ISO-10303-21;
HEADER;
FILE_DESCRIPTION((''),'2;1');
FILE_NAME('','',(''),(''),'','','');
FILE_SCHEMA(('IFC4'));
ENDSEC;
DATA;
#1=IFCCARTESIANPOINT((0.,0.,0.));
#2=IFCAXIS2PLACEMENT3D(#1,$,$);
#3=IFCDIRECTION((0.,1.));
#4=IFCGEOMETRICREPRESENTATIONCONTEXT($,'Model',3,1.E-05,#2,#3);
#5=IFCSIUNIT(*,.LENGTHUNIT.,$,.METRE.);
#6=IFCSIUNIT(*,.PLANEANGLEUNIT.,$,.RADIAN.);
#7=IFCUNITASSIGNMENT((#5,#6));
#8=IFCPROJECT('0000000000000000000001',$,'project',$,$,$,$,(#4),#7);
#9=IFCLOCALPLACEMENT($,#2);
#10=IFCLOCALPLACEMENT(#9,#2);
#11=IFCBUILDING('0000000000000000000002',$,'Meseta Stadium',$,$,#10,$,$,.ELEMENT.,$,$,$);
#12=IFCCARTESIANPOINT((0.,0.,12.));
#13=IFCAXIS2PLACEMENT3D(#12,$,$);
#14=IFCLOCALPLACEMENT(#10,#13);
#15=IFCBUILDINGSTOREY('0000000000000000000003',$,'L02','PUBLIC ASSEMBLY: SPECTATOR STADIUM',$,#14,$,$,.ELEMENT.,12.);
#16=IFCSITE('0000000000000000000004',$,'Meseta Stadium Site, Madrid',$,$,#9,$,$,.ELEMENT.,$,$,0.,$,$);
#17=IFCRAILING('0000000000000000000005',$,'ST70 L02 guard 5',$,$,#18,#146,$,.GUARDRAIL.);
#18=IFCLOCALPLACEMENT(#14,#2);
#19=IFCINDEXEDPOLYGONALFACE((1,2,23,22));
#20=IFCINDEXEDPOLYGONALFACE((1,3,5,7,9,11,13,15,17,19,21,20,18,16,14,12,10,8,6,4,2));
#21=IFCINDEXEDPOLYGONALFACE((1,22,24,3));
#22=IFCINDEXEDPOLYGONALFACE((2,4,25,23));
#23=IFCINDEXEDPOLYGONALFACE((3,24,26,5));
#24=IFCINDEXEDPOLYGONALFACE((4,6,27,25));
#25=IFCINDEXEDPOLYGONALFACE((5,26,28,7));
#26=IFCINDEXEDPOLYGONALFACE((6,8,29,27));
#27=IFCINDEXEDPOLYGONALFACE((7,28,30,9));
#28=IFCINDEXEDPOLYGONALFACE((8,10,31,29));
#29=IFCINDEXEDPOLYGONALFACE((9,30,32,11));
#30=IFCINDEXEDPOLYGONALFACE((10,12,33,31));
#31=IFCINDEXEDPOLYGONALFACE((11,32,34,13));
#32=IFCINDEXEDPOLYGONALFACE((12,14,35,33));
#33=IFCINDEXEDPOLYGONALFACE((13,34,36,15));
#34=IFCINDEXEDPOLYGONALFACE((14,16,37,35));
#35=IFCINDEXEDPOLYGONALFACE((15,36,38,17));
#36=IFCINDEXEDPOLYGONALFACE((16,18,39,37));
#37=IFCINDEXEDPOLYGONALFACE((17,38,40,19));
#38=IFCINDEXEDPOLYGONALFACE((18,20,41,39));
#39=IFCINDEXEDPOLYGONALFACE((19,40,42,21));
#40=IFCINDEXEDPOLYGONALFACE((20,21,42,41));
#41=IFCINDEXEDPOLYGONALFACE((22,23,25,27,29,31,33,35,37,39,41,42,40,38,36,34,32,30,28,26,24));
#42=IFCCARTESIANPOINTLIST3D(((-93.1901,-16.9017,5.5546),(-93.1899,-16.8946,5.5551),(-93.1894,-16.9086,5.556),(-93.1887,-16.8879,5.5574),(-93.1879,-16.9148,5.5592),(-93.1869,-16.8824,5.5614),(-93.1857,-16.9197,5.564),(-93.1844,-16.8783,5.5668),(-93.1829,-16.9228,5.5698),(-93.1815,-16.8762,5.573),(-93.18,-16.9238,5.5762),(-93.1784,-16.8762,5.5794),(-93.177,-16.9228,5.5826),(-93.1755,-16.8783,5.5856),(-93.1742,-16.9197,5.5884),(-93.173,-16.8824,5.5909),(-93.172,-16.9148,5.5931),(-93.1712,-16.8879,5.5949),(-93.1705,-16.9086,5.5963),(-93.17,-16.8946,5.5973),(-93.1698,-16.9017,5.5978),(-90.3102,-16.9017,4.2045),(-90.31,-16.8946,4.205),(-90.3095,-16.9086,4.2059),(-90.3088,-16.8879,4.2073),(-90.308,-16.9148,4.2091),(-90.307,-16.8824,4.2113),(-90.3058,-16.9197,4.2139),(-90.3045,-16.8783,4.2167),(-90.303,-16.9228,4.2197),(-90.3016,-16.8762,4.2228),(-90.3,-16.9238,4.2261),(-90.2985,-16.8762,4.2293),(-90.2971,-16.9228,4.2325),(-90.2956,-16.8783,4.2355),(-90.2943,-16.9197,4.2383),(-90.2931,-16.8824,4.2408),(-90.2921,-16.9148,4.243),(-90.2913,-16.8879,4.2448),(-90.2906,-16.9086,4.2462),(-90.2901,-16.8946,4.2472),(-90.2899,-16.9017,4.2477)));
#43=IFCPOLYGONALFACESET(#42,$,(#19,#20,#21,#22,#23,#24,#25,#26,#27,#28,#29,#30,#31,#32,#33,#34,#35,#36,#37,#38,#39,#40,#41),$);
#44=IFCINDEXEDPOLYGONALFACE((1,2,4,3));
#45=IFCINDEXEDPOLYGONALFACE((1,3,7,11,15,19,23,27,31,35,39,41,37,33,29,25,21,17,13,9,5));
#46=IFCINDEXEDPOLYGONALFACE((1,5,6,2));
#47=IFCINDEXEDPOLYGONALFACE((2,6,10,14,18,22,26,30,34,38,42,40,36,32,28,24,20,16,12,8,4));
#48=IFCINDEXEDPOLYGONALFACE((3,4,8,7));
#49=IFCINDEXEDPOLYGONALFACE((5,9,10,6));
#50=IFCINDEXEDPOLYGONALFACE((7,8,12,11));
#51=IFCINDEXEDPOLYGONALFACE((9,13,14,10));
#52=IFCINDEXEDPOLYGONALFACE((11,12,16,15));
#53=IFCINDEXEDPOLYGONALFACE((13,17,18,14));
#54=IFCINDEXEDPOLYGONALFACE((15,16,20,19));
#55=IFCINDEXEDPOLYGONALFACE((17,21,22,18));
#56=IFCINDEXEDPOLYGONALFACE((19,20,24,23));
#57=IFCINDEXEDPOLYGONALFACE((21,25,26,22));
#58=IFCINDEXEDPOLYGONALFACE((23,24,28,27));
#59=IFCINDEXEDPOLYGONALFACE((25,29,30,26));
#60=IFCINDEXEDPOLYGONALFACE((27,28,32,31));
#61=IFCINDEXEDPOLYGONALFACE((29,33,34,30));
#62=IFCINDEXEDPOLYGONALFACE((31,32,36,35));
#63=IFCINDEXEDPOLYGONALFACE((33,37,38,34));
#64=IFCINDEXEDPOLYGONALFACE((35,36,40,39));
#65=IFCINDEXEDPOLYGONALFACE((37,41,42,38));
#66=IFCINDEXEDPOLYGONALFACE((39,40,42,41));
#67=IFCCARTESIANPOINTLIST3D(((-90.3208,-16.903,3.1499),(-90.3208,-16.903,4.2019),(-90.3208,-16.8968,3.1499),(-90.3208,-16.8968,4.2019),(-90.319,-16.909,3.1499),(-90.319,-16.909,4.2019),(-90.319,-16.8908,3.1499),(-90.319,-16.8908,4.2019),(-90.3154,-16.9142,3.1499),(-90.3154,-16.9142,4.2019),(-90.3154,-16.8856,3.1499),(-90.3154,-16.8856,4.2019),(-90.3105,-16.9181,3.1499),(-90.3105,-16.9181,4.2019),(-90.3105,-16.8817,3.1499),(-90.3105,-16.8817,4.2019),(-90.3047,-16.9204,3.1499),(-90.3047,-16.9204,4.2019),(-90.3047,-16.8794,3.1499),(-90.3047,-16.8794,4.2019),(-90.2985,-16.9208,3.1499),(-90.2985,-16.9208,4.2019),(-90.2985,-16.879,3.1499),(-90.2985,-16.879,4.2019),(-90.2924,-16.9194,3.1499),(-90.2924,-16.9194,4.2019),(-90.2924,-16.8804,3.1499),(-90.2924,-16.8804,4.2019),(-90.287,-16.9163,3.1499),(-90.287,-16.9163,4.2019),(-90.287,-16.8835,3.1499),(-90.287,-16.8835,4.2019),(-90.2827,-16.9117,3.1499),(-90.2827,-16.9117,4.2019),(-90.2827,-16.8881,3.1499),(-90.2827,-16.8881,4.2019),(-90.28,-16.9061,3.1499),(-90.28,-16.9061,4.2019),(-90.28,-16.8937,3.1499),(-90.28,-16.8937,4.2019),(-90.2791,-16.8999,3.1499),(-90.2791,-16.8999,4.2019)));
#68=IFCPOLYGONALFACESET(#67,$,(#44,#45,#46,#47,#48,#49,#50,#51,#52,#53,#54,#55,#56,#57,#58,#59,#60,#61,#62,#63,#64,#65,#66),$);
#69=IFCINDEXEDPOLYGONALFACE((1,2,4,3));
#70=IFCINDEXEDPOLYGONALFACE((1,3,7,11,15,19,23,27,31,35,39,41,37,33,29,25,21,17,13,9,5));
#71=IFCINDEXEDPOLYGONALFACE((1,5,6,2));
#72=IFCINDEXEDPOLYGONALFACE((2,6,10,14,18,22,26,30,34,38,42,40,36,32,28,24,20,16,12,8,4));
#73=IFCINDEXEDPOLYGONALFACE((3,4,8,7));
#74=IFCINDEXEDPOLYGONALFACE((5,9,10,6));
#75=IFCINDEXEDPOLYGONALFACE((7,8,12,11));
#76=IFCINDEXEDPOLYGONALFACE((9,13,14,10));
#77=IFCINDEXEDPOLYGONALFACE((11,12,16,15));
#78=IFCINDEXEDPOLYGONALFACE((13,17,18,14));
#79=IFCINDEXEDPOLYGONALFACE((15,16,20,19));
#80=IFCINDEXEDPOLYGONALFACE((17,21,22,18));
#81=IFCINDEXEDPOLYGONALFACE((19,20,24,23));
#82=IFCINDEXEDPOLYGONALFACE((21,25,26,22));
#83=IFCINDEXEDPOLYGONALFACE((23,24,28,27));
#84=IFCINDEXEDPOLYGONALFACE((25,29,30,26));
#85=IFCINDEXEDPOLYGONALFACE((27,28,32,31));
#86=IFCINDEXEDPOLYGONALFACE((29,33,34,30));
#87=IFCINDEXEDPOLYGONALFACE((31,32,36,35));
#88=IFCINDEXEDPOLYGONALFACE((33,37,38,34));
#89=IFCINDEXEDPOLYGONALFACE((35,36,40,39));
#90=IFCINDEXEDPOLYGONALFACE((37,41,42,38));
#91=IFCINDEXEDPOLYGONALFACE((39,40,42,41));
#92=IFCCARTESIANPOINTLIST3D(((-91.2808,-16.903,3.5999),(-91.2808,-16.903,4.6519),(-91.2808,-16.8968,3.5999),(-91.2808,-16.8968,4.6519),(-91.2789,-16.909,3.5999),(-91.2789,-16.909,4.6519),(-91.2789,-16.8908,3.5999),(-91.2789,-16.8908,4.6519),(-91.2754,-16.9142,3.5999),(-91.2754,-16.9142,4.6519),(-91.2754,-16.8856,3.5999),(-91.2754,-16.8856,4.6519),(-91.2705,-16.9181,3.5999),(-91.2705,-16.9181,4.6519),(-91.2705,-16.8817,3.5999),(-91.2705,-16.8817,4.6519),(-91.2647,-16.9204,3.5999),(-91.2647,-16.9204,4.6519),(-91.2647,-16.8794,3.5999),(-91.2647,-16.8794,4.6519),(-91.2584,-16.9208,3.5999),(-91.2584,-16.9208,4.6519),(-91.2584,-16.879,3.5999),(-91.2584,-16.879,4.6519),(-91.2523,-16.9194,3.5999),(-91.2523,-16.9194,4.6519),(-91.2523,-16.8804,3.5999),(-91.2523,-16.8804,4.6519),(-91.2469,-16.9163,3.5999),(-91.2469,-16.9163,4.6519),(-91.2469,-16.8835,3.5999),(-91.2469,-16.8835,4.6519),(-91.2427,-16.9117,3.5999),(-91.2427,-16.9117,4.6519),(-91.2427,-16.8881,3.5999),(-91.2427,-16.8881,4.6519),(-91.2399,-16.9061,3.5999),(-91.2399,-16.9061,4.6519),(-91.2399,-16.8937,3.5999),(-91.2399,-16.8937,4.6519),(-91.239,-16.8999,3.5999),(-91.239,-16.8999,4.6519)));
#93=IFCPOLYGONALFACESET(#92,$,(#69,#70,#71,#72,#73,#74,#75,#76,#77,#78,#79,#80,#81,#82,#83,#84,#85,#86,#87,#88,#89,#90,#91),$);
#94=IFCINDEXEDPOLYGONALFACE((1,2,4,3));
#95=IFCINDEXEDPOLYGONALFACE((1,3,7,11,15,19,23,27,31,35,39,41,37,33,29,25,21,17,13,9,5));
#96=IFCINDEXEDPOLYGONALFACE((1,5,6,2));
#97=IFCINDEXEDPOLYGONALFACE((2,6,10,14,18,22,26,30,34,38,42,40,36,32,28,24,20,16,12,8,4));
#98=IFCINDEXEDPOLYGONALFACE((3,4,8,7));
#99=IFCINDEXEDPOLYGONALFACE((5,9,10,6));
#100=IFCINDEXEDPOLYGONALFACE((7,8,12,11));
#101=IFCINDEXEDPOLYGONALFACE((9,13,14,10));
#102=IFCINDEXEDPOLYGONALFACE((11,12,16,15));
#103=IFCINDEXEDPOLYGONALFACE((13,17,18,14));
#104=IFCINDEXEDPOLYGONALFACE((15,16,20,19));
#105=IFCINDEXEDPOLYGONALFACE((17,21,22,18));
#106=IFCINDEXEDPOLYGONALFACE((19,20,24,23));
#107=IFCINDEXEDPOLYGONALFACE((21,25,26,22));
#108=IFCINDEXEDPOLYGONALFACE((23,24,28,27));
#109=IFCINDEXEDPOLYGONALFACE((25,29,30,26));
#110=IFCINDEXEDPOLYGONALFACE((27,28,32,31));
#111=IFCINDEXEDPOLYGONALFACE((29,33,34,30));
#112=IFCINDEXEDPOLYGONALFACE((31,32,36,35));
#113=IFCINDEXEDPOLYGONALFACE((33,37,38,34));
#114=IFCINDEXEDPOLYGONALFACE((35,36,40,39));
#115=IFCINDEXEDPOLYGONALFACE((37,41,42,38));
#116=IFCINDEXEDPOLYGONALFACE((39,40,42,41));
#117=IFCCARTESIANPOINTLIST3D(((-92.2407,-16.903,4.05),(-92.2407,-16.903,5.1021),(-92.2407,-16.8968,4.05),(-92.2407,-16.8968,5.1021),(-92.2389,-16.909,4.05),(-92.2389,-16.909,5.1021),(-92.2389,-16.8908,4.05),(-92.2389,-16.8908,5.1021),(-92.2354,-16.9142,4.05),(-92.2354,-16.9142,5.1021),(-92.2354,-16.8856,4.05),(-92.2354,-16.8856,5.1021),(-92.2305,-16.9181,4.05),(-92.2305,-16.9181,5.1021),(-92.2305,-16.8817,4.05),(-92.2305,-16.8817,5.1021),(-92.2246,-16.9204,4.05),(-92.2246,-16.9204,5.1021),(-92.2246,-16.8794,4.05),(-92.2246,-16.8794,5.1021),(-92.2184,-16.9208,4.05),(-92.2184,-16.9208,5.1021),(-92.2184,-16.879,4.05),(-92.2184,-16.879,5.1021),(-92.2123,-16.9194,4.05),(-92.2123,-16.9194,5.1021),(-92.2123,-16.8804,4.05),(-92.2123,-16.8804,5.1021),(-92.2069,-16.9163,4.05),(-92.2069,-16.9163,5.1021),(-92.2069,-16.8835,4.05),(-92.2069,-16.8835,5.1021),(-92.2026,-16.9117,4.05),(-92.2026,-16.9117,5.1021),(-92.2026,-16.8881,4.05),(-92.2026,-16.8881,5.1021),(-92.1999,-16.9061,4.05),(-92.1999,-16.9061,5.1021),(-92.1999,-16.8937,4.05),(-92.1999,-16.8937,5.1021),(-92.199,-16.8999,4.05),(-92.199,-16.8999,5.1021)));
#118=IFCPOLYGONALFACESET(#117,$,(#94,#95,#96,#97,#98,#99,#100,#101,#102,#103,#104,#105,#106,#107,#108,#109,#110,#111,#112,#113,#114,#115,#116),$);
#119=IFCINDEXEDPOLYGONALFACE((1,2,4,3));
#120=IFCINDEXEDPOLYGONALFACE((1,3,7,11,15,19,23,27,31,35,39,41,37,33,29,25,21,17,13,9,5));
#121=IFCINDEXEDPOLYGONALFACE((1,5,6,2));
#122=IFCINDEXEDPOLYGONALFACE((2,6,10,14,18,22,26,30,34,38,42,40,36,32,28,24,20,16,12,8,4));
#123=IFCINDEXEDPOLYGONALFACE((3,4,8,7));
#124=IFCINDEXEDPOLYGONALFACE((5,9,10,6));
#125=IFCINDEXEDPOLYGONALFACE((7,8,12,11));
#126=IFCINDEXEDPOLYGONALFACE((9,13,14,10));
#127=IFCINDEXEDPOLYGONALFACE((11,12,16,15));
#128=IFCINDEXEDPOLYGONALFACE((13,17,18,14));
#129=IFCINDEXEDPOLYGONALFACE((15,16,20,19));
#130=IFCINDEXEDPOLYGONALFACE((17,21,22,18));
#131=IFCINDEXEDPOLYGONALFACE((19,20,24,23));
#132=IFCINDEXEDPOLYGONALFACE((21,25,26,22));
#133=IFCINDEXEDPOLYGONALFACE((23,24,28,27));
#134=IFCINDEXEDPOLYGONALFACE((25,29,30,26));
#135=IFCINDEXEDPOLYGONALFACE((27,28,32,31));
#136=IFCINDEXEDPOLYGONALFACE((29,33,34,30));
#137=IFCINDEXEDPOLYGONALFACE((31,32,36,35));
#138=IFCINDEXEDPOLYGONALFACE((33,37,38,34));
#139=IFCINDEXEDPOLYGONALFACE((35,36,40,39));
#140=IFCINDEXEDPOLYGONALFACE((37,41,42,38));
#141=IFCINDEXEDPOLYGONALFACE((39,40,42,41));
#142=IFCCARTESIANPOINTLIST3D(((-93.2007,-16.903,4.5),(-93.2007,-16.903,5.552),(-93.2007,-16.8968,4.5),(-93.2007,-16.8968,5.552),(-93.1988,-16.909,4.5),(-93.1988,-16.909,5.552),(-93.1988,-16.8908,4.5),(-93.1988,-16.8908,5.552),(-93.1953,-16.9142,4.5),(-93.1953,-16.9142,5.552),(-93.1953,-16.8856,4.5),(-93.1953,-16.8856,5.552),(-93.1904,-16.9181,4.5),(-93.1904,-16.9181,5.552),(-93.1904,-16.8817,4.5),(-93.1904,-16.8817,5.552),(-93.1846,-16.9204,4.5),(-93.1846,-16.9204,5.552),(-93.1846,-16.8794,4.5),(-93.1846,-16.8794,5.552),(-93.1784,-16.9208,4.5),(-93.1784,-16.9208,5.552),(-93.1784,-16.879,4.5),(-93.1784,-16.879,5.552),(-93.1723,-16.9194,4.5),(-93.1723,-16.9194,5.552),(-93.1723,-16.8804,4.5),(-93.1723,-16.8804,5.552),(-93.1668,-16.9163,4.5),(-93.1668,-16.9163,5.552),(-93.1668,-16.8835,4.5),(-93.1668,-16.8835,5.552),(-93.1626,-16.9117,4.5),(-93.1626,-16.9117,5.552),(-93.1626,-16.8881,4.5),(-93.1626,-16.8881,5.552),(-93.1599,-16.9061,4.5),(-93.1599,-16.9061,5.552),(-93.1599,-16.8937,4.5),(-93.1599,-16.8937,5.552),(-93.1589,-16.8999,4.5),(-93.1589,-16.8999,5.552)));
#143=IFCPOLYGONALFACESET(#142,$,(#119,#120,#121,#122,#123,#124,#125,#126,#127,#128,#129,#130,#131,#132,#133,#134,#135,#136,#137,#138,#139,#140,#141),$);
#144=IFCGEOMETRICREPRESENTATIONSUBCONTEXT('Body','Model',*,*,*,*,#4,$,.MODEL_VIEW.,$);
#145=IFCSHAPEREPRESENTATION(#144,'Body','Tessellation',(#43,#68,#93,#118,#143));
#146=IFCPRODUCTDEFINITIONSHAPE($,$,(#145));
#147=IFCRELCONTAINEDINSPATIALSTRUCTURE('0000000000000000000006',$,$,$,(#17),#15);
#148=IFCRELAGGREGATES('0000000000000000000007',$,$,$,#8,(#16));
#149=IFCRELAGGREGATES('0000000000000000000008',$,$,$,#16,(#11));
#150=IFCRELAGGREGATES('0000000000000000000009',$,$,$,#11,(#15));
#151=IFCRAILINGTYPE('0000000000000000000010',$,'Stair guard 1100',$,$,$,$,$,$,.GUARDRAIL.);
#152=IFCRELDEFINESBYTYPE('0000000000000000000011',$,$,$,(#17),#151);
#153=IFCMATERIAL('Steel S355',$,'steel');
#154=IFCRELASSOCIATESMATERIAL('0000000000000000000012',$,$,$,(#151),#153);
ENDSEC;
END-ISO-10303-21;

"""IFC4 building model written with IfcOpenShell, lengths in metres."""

from ifc_helpers import new_model, si_unit, direction, frame, origin, origin_2d, place, context, subcontext, project, spatial, circle, extrude, material, type_object, element, save


model = new_model("IFC4")

# Units and contexts
model_context = context("Model", 3, precision=1e-05, world=origin(), true_north=direction((0.0, 1.0)))
body_context = subcontext(model_context, "Body", "Model", "MODEL_VIEW")
ifc_project = project(units=[si_unit("LENGTHUNIT", "METRE"), si_unit("PLANEANGLEUNIT", "RADIAN")], contexts=[model_context])

# Site, building, storey
site_placement = place(None, origin())
site = spatial("IfcSite", under=ifc_project, at=site_placement, Name="Meseta Stadium Site, Madrid", CompositionType="ELEMENT", RefElevation=0.0)
building_placement = place(site_placement, origin())
building = spatial("IfcBuilding", under=site, at=building_placement, Name="Meseta Stadium", CompositionType="ELEMENT")
storey_placement = place(building_placement, frame((0.0, 0.0, 12.0)))
storey = spatial("IfcBuildingStorey", under=building, at=storey_placement, Name="L02", Description="PUBLIC ASSEMBLY: SPECTATOR STADIUM", CompositionType="ELEMENT", Elevation=12.0)

# Railing
ifc_material_1 = material(Name="Steel S355", Category="steel")
railing_type_1 = type_object("IfcRailingType", Name="Stair guard 1100", PredefinedType="GUARDRAIL", material=ifc_material_1)
railing_1_placement = place(storey_placement, frame((-90.3, -16.8999, 3.1499)))
element("IfcRailing", 1, at=railing_1_placement, inside=storey, type_object=railing_type_1, Name="ST70 L02 guard 5", PredefinedType="GUARDRAIL", context=body_context, shape_type="SweptSolid", body=[
    extrude(circle(Radius=0.0239, at=origin_2d()), frame((0.0, 0.0, 1.0762), z_axis=(-0.90544, 0.0, 0.424473), x_axis=(0.0, -1.0, 0.0)), (0.0, 0.0, 1.0), 3.1807),
    extrude(circle(Radius=0.021, at=origin_2d()), origin(), (0.0, 0.0, 1.0), 1.052),
    extrude(circle(Radius=0.021, at=origin_2d()), frame((-0.96, 0.0, 0.45)), (0.0, 0.0, 1.0), 1.052),
    extrude(circle(Radius=0.021, at=origin_2d()), frame((-1.9199, 0.0, 0.9001)), (0.0, 0.0, 1.0), 1.052),
    extrude(circle(Radius=0.021, at=origin_2d()), frame((-2.8799, 0.0, 1.3501)), (0.0, 0.0, 1.0), 1.052),
])

save(model, "model.ifc")
